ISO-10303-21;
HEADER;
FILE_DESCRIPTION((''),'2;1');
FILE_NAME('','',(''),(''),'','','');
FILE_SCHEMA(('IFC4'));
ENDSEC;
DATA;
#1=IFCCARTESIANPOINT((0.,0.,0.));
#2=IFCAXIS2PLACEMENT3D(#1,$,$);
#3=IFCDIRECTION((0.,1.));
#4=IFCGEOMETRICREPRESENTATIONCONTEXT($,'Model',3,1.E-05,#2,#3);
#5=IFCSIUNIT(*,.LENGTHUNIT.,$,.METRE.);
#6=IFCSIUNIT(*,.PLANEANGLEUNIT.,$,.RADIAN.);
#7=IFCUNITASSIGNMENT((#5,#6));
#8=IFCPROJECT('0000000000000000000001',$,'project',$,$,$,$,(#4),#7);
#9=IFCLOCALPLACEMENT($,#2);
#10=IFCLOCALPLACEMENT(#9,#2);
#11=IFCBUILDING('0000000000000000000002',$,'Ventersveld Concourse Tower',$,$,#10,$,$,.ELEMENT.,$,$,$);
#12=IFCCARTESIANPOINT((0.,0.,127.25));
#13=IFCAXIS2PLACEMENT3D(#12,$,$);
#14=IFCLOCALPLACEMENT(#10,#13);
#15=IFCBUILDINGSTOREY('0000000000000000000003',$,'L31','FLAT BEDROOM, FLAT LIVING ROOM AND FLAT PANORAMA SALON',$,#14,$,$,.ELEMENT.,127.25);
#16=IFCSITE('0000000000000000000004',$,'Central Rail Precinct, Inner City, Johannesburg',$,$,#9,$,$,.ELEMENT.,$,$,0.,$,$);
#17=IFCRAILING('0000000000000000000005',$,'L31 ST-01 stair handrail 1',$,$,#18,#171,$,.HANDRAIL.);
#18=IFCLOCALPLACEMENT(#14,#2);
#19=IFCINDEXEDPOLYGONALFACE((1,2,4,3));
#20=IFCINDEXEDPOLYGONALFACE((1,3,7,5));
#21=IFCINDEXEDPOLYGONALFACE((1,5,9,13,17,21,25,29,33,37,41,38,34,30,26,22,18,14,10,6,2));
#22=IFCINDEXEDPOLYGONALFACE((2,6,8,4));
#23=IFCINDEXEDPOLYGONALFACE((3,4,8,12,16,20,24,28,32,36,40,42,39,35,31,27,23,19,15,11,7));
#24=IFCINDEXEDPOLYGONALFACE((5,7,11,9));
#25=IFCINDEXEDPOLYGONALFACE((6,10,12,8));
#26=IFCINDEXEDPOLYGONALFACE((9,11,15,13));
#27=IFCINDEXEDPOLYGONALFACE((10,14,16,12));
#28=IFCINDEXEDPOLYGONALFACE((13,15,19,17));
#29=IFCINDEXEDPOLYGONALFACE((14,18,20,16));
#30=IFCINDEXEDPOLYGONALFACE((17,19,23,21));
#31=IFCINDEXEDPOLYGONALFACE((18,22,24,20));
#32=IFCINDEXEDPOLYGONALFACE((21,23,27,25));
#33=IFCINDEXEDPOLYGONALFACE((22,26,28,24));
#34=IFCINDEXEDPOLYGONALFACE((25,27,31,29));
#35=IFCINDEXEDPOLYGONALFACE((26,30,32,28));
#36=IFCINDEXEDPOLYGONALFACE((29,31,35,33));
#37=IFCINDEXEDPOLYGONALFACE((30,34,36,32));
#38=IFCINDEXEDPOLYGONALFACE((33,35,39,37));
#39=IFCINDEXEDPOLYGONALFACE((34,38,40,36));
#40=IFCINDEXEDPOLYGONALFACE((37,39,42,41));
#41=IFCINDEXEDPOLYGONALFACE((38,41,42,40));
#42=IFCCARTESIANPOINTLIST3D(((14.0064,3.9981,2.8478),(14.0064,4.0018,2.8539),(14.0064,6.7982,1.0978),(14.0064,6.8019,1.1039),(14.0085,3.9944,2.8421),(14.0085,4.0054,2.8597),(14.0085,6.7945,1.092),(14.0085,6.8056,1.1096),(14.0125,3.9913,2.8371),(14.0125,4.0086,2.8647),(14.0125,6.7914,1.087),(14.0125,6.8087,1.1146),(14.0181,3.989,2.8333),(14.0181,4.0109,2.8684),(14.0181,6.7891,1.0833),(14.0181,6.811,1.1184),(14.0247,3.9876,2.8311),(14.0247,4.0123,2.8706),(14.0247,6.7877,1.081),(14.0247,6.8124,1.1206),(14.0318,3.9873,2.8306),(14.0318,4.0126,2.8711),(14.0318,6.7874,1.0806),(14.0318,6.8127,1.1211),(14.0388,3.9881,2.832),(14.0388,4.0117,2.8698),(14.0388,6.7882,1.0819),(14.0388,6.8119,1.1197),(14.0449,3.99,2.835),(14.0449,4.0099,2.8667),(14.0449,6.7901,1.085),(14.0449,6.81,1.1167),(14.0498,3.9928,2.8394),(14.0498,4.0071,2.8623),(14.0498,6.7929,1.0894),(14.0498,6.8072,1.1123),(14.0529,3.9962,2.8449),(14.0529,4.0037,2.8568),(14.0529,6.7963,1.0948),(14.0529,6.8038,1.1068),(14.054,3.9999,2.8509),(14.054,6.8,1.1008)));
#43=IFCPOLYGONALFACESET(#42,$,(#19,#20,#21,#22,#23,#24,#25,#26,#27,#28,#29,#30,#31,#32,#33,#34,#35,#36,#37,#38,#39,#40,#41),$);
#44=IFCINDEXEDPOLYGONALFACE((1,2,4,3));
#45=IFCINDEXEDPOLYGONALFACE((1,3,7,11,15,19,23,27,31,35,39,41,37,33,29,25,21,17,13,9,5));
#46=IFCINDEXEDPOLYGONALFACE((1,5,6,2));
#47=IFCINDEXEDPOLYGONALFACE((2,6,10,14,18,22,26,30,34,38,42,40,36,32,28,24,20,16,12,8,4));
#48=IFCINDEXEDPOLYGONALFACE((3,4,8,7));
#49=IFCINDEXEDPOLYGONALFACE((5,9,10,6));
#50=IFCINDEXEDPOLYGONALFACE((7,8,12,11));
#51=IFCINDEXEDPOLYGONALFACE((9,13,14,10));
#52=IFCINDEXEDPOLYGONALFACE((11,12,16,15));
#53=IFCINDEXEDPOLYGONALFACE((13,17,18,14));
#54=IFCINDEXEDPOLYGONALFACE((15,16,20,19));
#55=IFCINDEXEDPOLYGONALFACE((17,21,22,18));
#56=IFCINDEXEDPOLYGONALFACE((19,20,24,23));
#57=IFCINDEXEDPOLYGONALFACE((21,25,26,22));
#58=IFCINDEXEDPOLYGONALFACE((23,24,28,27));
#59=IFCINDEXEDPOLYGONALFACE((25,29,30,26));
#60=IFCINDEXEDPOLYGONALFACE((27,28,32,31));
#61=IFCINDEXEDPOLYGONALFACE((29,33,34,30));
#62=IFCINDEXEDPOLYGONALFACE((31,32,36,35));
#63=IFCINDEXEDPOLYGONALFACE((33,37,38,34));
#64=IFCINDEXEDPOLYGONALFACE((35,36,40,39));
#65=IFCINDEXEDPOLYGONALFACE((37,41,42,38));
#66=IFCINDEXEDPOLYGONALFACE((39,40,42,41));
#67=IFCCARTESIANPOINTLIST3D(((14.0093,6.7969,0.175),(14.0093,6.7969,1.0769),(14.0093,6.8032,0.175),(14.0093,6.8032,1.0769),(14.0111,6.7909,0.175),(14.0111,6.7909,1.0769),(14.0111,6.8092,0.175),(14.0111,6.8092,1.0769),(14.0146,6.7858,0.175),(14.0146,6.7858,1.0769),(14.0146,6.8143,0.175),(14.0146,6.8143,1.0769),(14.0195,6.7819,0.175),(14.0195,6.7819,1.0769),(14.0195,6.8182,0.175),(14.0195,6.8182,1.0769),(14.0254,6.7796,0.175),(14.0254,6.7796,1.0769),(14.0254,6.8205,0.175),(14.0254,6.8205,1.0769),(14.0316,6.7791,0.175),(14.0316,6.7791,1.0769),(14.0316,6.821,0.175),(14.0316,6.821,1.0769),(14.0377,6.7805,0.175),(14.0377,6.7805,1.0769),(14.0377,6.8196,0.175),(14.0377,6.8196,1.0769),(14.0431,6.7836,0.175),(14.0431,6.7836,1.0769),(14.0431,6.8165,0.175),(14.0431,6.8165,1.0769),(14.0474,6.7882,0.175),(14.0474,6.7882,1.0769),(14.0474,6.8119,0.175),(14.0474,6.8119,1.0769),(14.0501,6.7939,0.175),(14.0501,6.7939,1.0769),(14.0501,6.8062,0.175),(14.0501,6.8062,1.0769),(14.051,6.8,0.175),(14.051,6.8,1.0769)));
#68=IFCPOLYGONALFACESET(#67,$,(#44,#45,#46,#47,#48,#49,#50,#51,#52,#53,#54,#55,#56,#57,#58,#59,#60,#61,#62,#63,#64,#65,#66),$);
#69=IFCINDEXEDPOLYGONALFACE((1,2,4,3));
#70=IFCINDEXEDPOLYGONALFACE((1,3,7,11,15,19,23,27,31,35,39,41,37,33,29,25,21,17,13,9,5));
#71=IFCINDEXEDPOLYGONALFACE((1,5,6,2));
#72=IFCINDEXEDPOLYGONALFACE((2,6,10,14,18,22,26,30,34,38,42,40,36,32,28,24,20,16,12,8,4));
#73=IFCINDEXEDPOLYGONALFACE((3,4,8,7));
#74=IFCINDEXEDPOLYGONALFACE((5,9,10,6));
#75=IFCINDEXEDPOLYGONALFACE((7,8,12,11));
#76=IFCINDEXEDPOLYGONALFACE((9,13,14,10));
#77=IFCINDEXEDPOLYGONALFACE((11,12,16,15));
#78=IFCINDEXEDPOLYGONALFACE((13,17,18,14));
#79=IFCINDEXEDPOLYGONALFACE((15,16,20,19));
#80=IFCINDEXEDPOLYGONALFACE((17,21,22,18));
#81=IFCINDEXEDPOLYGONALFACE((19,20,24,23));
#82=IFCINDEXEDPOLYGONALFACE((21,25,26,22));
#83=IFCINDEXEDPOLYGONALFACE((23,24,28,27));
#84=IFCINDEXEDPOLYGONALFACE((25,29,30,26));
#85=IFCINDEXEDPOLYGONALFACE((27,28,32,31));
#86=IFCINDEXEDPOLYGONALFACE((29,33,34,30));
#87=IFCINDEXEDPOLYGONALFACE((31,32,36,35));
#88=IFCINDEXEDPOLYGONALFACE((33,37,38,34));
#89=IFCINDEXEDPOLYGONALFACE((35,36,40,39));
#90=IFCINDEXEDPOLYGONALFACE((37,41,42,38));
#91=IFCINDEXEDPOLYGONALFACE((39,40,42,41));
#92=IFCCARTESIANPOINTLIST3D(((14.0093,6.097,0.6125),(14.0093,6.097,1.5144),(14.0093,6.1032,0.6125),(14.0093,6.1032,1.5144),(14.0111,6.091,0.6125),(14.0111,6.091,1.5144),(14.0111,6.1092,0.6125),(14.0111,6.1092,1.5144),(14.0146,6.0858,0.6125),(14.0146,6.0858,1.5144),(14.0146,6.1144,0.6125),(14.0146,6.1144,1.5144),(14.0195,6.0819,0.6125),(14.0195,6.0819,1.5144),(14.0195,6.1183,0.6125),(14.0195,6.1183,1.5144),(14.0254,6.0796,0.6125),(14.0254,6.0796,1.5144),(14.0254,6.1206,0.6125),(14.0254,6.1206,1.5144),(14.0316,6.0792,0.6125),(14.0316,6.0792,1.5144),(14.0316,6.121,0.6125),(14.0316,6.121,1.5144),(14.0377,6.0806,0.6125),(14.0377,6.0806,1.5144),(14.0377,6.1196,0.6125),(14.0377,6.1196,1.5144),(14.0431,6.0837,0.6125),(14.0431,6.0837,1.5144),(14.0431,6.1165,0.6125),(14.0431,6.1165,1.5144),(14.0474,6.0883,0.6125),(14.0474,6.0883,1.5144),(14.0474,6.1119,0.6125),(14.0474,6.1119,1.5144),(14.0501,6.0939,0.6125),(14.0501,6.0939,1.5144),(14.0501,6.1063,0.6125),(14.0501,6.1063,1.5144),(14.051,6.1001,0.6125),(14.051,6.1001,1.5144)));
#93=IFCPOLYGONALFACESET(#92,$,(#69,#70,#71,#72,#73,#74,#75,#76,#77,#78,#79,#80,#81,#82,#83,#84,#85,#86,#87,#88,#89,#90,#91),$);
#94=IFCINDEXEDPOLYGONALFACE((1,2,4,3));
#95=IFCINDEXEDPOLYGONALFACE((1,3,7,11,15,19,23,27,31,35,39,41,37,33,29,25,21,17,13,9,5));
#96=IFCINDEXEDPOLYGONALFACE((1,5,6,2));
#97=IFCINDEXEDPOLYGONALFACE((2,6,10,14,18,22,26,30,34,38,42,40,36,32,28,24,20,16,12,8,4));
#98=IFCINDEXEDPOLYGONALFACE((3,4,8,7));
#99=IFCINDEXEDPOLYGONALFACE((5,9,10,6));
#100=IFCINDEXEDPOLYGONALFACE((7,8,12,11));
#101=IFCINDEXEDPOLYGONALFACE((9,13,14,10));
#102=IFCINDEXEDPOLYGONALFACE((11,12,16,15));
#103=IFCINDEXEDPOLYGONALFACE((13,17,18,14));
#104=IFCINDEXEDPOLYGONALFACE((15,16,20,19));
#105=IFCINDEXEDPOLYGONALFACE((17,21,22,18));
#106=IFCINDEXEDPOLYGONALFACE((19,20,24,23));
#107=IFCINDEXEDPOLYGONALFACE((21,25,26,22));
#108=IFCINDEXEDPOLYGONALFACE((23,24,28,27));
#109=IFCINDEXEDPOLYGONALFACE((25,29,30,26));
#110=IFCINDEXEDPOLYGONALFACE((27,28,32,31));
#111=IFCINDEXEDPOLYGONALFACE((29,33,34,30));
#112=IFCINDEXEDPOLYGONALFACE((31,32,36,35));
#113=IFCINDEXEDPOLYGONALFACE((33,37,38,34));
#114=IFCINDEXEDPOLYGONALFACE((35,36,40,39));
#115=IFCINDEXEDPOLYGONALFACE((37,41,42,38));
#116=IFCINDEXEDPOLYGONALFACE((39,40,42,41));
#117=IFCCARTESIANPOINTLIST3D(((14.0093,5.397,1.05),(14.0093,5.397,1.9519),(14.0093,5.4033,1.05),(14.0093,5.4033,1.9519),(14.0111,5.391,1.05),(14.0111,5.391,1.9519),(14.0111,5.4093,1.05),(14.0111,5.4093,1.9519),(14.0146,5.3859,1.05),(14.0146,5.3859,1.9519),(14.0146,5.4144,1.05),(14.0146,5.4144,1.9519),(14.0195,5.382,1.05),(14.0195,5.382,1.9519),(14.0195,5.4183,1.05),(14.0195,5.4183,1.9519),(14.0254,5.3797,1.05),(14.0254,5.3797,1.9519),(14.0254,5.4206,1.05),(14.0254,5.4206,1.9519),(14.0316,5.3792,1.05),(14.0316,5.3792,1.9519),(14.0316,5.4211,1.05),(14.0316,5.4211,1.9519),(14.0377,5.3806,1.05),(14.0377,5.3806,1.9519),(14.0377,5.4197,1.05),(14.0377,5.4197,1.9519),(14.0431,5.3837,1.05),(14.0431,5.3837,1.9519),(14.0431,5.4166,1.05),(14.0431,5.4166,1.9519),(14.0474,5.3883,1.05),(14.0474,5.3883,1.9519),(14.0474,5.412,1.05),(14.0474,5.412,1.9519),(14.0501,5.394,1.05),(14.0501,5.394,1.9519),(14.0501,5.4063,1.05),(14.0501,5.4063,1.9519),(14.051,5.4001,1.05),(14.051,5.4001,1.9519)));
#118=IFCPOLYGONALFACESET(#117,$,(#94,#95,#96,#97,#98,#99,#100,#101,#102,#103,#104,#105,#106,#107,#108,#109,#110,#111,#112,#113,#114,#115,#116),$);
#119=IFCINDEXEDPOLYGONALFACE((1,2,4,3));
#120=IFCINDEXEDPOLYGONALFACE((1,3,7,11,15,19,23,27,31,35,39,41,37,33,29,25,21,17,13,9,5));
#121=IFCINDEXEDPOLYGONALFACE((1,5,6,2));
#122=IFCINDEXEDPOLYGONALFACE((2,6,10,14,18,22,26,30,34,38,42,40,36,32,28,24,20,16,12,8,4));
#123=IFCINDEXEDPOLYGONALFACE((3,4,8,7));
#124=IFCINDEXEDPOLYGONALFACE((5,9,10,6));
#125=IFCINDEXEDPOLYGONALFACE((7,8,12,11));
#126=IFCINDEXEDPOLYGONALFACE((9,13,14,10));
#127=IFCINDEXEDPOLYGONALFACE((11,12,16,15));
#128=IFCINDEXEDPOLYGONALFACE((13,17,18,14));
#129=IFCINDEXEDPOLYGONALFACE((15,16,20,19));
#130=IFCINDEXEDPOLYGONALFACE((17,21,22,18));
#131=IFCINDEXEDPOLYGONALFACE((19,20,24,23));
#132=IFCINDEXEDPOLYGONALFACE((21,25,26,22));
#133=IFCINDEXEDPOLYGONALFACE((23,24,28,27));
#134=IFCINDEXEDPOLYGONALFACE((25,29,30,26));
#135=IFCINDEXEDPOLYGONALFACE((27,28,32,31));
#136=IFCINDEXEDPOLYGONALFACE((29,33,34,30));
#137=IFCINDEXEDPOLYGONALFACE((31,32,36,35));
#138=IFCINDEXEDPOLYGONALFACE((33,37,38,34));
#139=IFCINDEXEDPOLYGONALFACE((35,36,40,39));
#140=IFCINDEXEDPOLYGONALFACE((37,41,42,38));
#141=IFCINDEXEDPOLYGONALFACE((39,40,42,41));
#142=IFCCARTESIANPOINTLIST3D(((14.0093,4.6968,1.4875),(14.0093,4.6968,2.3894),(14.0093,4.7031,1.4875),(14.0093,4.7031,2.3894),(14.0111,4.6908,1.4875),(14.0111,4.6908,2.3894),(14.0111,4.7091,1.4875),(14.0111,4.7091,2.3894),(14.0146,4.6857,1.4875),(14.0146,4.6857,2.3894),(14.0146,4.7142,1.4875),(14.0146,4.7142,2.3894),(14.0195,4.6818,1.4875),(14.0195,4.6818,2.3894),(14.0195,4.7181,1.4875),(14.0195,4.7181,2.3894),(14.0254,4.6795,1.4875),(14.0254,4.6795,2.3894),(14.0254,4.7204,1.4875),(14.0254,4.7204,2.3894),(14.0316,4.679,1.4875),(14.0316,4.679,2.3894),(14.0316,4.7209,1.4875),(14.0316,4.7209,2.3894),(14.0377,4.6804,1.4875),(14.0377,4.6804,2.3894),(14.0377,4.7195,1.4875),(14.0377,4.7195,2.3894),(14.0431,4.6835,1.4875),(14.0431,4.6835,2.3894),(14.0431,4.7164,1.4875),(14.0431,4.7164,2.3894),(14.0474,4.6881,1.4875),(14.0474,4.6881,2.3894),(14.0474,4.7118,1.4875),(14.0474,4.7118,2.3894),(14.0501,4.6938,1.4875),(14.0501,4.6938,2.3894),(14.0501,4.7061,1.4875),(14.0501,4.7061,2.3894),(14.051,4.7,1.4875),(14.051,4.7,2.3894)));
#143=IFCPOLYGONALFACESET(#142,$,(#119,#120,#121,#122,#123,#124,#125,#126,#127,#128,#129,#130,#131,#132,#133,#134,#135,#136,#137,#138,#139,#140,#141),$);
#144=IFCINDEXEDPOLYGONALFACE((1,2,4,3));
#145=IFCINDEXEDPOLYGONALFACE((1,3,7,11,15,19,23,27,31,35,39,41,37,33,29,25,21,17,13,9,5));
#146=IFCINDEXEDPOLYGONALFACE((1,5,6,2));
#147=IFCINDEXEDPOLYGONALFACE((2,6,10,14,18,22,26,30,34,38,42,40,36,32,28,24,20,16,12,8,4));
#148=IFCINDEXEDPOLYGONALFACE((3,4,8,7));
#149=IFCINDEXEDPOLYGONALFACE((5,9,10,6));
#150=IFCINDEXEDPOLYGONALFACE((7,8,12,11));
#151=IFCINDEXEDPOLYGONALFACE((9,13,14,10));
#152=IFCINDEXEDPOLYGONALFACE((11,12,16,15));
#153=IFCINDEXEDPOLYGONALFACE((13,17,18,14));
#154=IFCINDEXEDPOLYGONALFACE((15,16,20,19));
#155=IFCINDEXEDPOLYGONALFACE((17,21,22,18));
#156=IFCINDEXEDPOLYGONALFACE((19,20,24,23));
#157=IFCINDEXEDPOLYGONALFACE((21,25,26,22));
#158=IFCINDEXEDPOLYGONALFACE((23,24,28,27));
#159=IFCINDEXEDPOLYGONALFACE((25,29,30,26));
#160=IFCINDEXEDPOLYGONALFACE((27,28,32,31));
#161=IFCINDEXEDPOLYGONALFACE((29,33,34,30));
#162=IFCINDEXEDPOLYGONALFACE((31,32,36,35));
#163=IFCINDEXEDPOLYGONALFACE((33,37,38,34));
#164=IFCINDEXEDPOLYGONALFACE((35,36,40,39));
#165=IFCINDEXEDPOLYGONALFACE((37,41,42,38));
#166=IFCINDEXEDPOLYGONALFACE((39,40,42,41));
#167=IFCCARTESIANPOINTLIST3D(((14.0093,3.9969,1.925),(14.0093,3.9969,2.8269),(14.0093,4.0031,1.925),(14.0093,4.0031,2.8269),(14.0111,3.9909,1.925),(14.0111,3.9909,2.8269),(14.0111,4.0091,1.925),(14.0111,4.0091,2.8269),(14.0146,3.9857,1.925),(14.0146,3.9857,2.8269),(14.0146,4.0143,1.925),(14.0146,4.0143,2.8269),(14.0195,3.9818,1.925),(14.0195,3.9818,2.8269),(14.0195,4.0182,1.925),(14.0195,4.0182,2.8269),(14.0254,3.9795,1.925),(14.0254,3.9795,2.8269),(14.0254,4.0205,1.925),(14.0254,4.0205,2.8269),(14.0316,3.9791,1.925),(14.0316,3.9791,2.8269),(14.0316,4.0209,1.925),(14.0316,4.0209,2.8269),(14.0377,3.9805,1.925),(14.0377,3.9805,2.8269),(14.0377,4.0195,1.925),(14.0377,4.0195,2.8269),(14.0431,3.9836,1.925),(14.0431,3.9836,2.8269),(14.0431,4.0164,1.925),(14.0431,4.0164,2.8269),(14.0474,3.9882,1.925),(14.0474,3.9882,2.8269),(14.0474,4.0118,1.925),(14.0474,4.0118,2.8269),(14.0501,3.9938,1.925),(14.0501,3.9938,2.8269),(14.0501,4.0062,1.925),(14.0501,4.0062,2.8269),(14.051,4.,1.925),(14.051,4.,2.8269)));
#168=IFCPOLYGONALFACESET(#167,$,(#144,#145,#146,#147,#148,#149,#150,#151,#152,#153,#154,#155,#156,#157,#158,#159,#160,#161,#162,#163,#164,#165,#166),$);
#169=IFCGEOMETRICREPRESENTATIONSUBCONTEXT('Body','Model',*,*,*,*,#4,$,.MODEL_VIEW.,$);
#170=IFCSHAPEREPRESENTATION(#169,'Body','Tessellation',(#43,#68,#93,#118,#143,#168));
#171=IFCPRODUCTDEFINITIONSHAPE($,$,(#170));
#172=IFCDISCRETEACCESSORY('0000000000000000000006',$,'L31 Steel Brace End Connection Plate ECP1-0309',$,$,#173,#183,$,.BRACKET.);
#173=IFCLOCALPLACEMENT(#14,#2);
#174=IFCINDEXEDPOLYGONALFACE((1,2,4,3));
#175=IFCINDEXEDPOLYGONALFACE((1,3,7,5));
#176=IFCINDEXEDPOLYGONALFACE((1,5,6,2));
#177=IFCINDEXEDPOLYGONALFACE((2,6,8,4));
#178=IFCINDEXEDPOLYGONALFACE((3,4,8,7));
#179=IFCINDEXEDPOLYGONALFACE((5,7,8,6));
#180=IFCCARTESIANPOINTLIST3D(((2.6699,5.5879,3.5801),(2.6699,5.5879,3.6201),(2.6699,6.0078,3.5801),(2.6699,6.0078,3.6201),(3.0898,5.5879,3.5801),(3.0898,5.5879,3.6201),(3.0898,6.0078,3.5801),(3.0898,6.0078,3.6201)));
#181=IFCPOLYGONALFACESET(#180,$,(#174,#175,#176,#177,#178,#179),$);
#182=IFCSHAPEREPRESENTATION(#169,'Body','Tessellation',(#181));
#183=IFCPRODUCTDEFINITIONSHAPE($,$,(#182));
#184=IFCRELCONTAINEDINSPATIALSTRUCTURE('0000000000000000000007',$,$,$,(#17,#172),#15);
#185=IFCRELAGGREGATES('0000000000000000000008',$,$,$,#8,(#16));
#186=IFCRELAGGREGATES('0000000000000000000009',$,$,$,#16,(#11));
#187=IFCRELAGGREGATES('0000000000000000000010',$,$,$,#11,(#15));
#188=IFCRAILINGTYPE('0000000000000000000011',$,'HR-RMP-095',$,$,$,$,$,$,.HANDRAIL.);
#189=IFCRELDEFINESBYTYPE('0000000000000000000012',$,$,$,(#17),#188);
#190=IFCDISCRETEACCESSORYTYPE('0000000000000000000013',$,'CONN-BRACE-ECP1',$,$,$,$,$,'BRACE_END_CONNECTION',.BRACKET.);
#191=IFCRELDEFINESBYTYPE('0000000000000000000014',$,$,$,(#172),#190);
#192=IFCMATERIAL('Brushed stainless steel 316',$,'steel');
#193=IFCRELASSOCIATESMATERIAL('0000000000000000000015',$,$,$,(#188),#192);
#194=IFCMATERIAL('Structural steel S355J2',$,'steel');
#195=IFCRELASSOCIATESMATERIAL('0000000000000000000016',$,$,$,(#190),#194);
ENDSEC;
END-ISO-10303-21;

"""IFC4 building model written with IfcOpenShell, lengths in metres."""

from ifc_helpers import new_model, si_unit, direction, frame, origin, origin_2d, place, context, subcontext, project, spatial, rectangle, circle, extrude, material, type_object, element, save


model = new_model("IFC4")

# Units and contexts
model_context = context("Model", 3, precision=1e-05, world=origin(), true_north=direction((0.0, 1.0)))
body_context = subcontext(model_context, "Body", "Model", "MODEL_VIEW")
ifc_project = project(units=[si_unit("LENGTHUNIT", "METRE"), si_unit("PLANEANGLEUNIT", "RADIAN")], contexts=[model_context])

# Site, building, storey
site_placement = place(None, origin())
site = spatial("IfcSite", under=ifc_project, at=site_placement, Name="Central Rail Precinct, Inner City, Johannesburg", CompositionType="ELEMENT", RefElevation=0.0)
building_placement = place(site_placement, origin())
building = spatial("IfcBuilding", under=site, at=building_placement, Name="Ventersveld Concourse Tower", CompositionType="ELEMENT")
storey_placement = place(building_placement, frame((0.0, 0.0, 127.25)))
storey = spatial("IfcBuildingStorey", under=building, at=storey_placement, Name="L31", Description="FLAT BEDROOM, FLAT LIVING ROOM AND FLAT PANORAMA SALON", CompositionType="ELEMENT", Elevation=127.25)

# Shared definitions
ifc_material_1 = material(Name="Structural steel S355J2", Category="steel")

# Railing
ifc_material_2 = material(Name="Brushed stainless steel 316", Category="steel")
railing_type_1 = type_object("IfcRailingType", Name="HR-RMP-095", PredefinedType="HANDRAIL", material=ifc_material_2)
railing_1_placement = place(storey_placement, frame((14.03, 6.8, 0.175)))
element("IfcRailing", 1, at=railing_1_placement, inside=storey, type_object=railing_type_1, Name="L31 ST-01 stair handrail 1", PredefinedType="HANDRAIL", context=body_context, shape_type="SweptSolid", body=[
    extrude(circle(Radius=0.0239, at=origin_2d()), frame((0.0, 0.0, 0.9258), z_axis=(0.0, -0.848002, 0.529992), x_axis=(1.0, 0.0, 0.0)), (0.0, 0.0, 1.0), 3.302),
    extrude(circle(Radius=0.021, at=origin_2d()), origin(), (0.0, 0.0, 1.0), 0.9019),
    extrude(circle(Radius=0.021, at=origin_2d()), frame((0.0, -0.7, 0.4375)), (0.0, 0.0, 1.0), 0.9019),
    extrude(circle(Radius=0.021, at=origin_2d()), frame((0.0, -1.3999, 0.875)), (0.0, 0.0, 1.0), 0.9019),
    extrude(circle(Radius=0.021, at=origin_2d()), frame((0.0, -2.1001, 1.3125)), (0.0, 0.0, 1.0), 0.9019),
    extrude(circle(Radius=0.021, at=origin_2d()), frame((0.0, -2.8, 1.75)), (0.0, 0.0, 1.0), 0.9019),
])

# Discrete accessory
discrete_accessory_type = type_object("IfcDiscreteAccessoryType", Name="CONN-BRACE-ECP1", ElementType="BRACE_END_CONNECTION", PredefinedType="BRACKET", material=ifc_material_1)
discrete_accessory_placement = place(storey_placement, frame((2.8799, 5.7979, 3.5801), z_axis=(0.0, 0.0, 1.0), x_axis=(1.0, 0.0, 0.0)))
element("IfcDiscreteAccessory", 2, at=discrete_accessory_placement, inside=storey, type_object=discrete_accessory_type, Name="L31 Steel Brace End Connection Plate ECP1-0309", PredefinedType="BRACKET", context=body_context, shape_type="SweptSolid", body=[
    extrude(rectangle(XDim=0.4199, YDim=0.4199, at=origin_2d()), origin(), (0.0, 0.0, 1.0), 0.04),
])

save(model, "model.ifc")
